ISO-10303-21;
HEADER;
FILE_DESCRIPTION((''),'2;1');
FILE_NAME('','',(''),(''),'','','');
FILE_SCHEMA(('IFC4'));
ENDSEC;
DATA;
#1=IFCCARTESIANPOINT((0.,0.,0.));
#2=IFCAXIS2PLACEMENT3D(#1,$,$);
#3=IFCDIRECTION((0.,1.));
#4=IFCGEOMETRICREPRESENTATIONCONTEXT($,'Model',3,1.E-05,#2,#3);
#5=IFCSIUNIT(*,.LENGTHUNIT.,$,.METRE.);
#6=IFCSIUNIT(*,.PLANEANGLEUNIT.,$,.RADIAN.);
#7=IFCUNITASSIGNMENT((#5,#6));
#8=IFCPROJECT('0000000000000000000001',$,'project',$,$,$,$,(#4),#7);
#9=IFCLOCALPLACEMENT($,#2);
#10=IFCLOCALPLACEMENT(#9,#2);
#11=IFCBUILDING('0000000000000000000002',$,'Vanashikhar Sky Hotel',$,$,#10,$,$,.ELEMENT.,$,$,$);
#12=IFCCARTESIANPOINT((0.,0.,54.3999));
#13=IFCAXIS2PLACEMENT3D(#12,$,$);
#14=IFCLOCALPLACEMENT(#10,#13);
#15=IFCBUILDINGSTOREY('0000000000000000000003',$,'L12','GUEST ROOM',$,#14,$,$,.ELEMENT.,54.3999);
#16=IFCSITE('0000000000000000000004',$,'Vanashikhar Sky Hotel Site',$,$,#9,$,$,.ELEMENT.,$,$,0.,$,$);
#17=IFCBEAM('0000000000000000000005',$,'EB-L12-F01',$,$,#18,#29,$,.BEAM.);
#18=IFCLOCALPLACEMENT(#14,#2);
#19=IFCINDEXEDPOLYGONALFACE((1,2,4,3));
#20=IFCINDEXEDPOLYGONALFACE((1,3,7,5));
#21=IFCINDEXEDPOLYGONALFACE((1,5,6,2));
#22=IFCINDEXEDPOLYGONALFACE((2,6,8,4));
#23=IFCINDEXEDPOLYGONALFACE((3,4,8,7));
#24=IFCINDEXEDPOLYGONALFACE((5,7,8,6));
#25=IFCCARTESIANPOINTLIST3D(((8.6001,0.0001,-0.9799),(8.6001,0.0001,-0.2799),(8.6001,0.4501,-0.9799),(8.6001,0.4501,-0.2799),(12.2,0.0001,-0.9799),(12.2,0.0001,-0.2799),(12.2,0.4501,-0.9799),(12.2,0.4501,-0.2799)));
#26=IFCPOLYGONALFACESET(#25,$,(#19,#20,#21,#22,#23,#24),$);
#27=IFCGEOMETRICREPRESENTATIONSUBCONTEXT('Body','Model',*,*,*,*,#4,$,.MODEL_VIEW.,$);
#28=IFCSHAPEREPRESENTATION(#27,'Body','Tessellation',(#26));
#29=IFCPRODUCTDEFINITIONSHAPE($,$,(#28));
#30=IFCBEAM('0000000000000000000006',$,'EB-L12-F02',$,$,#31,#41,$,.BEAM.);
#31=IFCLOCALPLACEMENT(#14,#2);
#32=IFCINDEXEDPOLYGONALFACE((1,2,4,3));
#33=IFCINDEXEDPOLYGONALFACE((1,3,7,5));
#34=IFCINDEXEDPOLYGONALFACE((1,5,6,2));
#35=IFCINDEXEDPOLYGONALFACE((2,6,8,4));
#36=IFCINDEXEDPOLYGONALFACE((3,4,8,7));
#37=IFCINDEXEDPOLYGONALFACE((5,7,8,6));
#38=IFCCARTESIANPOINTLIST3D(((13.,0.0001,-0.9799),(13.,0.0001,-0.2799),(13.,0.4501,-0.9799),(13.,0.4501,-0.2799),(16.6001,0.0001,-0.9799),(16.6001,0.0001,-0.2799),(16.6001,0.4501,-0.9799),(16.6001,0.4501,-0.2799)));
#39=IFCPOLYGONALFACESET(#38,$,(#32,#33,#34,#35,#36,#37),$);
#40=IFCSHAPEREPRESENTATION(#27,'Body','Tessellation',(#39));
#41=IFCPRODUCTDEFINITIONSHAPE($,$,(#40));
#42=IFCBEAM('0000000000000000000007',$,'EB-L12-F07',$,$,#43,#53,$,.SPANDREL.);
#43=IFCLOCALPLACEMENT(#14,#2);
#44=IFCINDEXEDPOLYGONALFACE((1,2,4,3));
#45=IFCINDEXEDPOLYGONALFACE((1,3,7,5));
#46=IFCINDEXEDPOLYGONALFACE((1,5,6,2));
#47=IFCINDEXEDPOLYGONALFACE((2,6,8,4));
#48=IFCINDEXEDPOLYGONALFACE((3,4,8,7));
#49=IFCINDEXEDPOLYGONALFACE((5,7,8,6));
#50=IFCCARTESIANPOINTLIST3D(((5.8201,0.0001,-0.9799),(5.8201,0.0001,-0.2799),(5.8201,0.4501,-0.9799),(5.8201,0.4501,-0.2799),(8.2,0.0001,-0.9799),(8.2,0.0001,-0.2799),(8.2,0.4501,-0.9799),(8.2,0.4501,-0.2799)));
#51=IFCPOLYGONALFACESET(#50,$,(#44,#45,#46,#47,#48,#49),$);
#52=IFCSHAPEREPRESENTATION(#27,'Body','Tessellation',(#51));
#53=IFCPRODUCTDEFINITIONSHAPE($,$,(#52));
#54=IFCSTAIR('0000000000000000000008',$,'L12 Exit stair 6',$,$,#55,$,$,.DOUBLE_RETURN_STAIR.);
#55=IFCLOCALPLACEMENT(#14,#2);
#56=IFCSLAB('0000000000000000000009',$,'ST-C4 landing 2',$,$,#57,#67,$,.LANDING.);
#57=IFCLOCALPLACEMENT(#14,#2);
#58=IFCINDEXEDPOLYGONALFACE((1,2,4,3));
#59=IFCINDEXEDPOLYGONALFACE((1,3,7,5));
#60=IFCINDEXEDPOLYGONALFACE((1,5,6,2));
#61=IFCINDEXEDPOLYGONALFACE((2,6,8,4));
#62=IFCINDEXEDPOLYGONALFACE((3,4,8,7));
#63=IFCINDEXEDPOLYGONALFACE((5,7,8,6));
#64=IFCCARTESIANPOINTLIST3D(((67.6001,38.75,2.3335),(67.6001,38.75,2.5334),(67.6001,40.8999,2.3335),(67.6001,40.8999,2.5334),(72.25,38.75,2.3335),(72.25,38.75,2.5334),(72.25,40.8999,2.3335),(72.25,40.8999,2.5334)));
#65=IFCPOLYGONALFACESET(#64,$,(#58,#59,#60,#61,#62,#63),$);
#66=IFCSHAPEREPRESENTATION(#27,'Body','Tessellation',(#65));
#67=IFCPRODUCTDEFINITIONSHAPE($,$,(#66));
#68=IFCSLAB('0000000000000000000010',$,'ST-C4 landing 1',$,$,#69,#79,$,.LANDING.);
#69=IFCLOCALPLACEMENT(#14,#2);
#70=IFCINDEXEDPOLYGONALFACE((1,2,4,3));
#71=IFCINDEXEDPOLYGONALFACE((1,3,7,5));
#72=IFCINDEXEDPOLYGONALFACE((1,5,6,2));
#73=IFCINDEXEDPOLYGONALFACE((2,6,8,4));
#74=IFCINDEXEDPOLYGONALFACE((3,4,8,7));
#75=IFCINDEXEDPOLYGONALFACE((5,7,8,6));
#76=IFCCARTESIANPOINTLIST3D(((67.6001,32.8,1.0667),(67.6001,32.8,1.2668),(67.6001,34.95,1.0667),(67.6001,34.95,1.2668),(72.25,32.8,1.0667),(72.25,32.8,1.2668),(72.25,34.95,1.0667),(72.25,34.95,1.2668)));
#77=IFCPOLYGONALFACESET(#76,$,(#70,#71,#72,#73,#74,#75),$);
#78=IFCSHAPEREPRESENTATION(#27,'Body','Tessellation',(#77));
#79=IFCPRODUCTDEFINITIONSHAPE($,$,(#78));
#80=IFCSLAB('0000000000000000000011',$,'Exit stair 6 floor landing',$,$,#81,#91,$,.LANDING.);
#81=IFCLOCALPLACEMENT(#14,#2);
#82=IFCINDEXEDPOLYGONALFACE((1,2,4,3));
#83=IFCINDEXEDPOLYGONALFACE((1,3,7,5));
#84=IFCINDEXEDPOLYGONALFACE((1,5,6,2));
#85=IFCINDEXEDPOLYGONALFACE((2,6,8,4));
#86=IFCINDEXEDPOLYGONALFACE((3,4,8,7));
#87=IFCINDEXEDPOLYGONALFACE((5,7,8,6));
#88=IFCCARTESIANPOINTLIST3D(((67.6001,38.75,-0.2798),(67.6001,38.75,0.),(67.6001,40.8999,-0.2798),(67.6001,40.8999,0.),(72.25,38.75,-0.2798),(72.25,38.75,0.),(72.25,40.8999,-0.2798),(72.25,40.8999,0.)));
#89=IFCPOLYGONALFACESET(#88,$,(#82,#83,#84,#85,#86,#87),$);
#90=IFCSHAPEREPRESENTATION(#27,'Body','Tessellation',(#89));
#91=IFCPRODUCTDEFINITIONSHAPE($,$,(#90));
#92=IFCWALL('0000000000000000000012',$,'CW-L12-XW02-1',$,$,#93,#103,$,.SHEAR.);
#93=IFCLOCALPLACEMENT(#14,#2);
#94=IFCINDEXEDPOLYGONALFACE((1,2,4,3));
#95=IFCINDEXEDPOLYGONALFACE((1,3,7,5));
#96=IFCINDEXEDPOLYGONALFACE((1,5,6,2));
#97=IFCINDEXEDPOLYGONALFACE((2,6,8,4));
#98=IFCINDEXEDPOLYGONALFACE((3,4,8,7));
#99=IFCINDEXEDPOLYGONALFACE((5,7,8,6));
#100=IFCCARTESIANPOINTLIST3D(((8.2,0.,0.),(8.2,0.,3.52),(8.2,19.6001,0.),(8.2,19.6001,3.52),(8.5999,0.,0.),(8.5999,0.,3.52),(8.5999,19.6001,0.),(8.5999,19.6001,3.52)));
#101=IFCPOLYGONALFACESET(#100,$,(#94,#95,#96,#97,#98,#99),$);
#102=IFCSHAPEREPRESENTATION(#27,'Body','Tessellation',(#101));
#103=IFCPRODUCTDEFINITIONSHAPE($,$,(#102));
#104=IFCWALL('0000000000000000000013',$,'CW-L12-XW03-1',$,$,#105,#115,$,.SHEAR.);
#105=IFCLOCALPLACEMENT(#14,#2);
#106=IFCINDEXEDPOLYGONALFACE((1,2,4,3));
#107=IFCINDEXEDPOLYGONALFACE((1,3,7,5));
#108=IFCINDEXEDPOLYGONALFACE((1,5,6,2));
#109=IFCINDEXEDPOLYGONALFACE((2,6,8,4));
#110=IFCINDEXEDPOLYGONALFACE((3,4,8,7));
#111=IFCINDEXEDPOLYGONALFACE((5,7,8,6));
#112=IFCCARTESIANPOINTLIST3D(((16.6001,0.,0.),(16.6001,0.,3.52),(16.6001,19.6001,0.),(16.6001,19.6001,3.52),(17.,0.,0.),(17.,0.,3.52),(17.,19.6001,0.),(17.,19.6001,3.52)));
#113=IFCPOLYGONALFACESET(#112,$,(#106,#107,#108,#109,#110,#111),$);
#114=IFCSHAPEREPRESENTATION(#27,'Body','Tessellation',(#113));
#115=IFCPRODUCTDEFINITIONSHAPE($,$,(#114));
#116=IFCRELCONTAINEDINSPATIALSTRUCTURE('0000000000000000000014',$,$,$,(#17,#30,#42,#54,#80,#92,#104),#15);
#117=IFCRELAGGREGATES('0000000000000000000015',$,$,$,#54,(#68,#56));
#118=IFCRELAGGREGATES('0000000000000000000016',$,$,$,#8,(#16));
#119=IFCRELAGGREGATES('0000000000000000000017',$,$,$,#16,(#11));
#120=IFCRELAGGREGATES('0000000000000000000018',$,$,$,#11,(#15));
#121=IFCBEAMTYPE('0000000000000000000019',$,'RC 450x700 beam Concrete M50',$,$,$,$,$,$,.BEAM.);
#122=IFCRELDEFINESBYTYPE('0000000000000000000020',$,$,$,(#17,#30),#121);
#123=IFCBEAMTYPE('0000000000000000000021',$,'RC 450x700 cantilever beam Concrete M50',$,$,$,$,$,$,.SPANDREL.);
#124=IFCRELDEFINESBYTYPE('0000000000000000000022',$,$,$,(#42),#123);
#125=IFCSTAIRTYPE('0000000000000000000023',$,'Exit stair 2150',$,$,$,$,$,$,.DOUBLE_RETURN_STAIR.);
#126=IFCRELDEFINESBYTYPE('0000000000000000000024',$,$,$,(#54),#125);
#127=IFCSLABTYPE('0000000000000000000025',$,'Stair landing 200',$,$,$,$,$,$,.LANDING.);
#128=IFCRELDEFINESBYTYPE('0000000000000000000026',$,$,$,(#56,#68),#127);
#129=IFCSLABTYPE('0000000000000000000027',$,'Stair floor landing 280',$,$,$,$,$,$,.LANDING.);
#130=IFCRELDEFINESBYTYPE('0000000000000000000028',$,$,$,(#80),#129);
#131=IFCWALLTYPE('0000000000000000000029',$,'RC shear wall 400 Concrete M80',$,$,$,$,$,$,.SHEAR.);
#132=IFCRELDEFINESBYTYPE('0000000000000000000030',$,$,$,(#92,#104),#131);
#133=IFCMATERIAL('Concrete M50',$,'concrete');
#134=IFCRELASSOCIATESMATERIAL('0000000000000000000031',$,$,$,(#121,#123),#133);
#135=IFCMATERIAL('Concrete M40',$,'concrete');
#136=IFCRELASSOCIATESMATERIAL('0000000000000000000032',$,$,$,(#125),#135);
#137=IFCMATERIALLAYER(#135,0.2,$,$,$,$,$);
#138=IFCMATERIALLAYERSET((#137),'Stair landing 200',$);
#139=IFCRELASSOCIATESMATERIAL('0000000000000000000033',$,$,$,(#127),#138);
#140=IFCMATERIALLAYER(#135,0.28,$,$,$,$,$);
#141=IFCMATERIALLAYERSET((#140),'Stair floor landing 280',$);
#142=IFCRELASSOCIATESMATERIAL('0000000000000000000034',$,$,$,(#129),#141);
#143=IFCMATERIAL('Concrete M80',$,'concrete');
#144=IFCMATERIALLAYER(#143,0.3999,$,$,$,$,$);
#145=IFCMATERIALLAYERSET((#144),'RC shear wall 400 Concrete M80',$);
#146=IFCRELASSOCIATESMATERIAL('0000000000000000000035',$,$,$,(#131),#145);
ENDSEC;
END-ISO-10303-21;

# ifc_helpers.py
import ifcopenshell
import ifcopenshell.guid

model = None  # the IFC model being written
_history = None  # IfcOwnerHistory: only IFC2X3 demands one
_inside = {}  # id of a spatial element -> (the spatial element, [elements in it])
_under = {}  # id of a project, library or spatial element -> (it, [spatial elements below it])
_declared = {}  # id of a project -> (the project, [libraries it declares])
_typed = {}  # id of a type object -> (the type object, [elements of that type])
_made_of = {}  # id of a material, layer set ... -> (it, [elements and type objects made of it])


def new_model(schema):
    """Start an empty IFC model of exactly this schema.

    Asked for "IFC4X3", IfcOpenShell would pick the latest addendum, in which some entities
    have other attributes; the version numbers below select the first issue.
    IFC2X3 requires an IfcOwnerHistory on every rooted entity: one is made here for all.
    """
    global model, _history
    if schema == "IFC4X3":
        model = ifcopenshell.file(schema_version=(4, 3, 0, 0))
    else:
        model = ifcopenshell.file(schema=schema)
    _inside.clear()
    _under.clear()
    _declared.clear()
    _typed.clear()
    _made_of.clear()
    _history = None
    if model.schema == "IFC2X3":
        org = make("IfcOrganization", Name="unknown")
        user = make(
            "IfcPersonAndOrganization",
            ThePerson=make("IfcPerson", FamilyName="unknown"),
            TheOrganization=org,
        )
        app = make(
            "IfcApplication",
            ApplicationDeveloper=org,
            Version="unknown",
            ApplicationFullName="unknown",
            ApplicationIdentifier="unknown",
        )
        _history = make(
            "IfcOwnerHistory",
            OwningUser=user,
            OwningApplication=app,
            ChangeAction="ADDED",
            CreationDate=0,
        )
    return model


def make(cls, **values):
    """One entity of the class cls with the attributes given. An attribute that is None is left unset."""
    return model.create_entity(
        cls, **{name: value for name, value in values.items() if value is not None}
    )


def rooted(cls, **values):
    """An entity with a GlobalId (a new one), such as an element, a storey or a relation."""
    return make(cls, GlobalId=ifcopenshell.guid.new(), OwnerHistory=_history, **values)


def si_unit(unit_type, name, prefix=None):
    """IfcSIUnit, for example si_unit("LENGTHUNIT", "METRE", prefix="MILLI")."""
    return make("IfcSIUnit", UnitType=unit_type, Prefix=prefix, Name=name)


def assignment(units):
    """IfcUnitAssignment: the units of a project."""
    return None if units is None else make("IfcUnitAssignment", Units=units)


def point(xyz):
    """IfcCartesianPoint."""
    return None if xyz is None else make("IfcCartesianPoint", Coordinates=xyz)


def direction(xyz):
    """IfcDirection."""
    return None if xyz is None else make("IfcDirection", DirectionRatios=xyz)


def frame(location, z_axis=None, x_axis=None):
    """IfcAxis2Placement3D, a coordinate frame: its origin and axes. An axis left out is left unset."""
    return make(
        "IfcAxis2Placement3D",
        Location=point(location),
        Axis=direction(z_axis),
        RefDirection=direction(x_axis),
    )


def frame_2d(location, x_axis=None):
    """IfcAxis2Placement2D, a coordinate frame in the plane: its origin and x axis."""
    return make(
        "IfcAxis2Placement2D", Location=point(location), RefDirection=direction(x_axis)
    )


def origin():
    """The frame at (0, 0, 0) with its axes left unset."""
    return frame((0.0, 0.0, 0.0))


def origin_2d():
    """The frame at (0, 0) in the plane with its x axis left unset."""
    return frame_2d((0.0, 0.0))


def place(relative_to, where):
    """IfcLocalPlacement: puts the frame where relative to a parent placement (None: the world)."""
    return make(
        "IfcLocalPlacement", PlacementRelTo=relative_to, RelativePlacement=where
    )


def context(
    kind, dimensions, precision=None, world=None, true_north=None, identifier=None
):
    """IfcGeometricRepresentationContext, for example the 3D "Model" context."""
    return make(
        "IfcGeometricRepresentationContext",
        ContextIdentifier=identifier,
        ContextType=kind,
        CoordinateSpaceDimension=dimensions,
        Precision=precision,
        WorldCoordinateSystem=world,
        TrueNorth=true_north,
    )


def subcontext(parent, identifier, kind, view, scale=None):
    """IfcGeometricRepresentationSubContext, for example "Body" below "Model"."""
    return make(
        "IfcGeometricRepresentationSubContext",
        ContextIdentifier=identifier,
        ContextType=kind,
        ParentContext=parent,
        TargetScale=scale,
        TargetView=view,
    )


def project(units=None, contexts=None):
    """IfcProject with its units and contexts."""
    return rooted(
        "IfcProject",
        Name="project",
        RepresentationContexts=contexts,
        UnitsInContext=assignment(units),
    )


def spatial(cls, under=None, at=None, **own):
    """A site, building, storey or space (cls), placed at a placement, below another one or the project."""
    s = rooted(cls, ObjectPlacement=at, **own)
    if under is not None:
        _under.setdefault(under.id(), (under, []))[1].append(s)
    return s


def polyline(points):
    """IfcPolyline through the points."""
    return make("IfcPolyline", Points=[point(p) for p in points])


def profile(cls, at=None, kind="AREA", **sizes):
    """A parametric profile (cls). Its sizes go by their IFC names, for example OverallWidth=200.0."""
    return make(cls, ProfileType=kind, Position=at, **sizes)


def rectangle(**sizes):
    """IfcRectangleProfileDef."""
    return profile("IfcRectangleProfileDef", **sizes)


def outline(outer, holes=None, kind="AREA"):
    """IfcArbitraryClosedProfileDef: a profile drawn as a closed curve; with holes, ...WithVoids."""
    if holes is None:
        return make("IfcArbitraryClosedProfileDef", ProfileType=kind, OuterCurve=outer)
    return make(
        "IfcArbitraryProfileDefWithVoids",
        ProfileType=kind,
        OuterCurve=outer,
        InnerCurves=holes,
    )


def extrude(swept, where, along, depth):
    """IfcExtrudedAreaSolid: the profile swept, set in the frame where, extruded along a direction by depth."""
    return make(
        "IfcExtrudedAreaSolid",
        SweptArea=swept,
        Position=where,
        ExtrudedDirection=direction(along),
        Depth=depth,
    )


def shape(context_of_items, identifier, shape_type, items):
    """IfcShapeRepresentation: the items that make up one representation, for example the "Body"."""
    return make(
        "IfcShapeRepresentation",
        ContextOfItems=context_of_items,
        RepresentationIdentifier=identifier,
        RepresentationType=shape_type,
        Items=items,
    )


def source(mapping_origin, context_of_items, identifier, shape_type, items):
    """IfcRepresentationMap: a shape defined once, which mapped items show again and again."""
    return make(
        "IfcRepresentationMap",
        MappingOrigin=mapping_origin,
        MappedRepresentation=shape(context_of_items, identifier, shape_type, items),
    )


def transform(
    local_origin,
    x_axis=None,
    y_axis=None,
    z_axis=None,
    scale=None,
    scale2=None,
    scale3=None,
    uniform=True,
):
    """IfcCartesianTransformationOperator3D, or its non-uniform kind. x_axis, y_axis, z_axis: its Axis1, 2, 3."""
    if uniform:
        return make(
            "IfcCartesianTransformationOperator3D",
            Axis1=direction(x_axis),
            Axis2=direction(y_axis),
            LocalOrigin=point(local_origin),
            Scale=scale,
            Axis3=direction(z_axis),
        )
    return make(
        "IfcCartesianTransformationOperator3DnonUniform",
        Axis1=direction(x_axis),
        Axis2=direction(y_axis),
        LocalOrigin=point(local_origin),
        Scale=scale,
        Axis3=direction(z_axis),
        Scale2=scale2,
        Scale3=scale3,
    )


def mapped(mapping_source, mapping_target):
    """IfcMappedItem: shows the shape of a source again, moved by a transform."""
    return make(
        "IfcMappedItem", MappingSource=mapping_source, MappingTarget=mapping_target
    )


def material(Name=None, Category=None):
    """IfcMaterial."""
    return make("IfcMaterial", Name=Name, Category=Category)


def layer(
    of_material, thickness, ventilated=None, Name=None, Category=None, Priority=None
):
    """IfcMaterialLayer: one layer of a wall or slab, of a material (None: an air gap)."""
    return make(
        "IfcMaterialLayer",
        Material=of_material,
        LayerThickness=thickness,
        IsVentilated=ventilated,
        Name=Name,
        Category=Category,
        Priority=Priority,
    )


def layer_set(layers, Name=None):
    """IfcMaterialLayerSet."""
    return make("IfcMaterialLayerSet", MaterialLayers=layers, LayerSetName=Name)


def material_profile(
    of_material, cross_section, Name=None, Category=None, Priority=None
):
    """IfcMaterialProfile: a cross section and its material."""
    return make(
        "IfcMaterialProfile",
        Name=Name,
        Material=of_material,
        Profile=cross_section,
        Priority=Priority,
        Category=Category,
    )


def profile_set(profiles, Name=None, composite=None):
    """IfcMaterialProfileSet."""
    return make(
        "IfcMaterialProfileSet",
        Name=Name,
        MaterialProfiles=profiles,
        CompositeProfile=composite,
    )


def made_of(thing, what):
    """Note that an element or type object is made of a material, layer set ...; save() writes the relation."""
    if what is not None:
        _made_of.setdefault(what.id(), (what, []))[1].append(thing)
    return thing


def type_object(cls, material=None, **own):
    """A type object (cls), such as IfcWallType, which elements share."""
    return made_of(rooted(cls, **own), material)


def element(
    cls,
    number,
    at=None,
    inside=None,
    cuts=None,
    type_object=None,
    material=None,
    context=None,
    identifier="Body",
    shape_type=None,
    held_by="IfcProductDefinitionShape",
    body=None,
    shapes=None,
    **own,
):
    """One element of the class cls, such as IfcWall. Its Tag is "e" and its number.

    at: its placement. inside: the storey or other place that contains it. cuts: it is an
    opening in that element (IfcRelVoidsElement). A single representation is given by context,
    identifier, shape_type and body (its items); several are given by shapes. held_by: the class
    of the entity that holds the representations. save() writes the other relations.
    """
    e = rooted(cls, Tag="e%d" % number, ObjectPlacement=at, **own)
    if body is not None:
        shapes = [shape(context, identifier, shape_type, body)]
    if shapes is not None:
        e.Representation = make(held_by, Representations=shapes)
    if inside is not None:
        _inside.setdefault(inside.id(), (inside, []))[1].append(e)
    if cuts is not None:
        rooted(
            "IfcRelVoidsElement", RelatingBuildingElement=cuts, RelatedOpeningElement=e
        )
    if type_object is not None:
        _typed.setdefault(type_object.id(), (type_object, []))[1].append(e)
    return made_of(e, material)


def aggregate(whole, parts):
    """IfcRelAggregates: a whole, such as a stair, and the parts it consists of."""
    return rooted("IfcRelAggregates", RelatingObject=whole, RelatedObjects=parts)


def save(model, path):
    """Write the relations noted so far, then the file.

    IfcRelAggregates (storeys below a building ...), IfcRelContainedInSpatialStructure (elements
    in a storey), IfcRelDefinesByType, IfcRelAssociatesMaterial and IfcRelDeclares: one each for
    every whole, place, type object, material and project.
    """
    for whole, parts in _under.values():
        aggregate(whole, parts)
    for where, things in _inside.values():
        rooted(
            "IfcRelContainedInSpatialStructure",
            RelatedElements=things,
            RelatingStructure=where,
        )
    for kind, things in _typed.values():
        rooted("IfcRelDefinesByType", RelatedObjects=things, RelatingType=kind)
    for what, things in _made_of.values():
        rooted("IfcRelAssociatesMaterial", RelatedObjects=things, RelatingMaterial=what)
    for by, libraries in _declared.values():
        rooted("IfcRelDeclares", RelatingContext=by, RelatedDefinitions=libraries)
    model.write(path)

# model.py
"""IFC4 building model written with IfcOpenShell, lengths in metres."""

from ifc_helpers import new_model, si_unit, direction, frame, frame_2d, origin, origin_2d, place, context, subcontext, project, spatial, polyline, rectangle, outline, extrude, source, transform, mapped, material, layer, layer_set, material_profile, profile_set, type_object, element, aggregate, save


model = new_model("IFC4")

# Units and contexts
model_context = context("Model", 3, precision=1e-05, world=origin(), true_north=direction((0.0, 1.0)))
body_context = subcontext(model_context, "Body", "Model", "MODEL_VIEW")
ifc_project = project(units=[si_unit("LENGTHUNIT", "METRE"), si_unit("PLANEANGLEUNIT", "RADIAN")], contexts=[model_context])

# Site, building, storey
site_placement = place(None, origin())
site = spatial("IfcSite", under=ifc_project, at=site_placement, Name="Vanashikhar Sky Hotel Site", CompositionType="ELEMENT", RefElevation=0.0)
building_placement = place(site_placement, origin())
building = spatial("IfcBuilding", under=site, at=building_placement, Name="Vanashikhar Sky Hotel", CompositionType="ELEMENT")
storey_placement = place(building_placement, frame((0.0, 0.0, 54.3999)))
storey = spatial("IfcBuildingStorey", under=building, at=storey_placement, Name="L12", Description="GUEST ROOM", CompositionType="ELEMENT", Elevation=54.3999)

# Beams
ifc_material_1 = material(Name="Concrete M50", Category="concrete")
ifc_material_profile_1 = material_profile(ifc_material_1, rectangle(XDim=0.45, YDim=0.7, at=origin_2d()))
ifc_profile_set_1 = profile_set([ifc_material_profile_1], Name="RC 450x700 beam Concrete M50")
beam_type_1 = type_object("IfcBeamType", Name="RC 450x700 beam Concrete M50", PredefinedType="BEAM", material=ifc_profile_set_1)
shared_shape_1 = source(origin(), body_context, "Body", "SweptSolid", [
    extrude(rectangle(XDim=0.45, YDim=0.7, at=origin_2d()), origin(), (0.0, 0.0, 1.0), 3.5999),
])
beam_1_placement = place(storey_placement, frame((8.6001, 0.2251, -0.6299), z_axis=(1.0, 0.0, 0.0), x_axis=(0.0, 1.0, 0.0)))
element("IfcBeam", 1, at=beam_1_placement, inside=storey, type_object=beam_type_1, Name="EB-L12-F01", PredefinedType="BEAM", context=body_context, shape_type="MappedRepresentation", body=[
    mapped(shared_shape_1, transform((0.0, 0.0, 0.0), scale=1.0)),
])
shared_shape_2 = source(origin(), body_context, "Body", "SweptSolid", [
    extrude(rectangle(XDim=0.45, YDim=0.7, at=origin_2d()), origin(), (0.0, 0.0, 1.0), 3.6001),
])
beam_2_placement = place(storey_placement, frame((13.0, 0.2251, -0.6299), z_axis=(1.0, 0.0, 0.0), x_axis=(0.0, 1.0, 0.0)))
element("IfcBeam", 2, at=beam_2_placement, inside=storey, type_object=beam_type_1, Name="EB-L12-F02", PredefinedType="BEAM", context=body_context, shape_type="MappedRepresentation", body=[
    mapped(shared_shape_2, transform((0.0, 0.0, 0.0), scale=1.0)),
])
ifc_material_profile_2 = material_profile(ifc_material_1, rectangle(XDim=0.45, YDim=0.7, at=origin_2d()))
ifc_profile_set_2 = profile_set([ifc_material_profile_2], Name="RC 450x700 cantilever beam Concrete M50")
beam_type_2 = type_object("IfcBeamType", Name="RC 450x700 cantilever beam Concrete M50", PredefinedType="SPANDREL", material=ifc_profile_set_2)
shared_shape_3 = source(origin(), body_context, "Body", "SweptSolid", [
    extrude(rectangle(XDim=0.45, YDim=0.7, at=origin_2d()), origin(), (0.0, 0.0, 1.0), 2.3799),
])
beam_3_placement = place(storey_placement, frame((5.8201, 0.2251, -0.6299), z_axis=(1.0, 0.0, 0.0), x_axis=(0.0, 1.0, 0.0)))
element("IfcBeam", 3, at=beam_3_placement, inside=storey, type_object=beam_type_2, Name="EB-L12-F07", PredefinedType="SPANDREL", context=body_context, shape_type="MappedRepresentation", body=[
    mapped(shared_shape_3, transform((0.0, 0.0, 0.0), scale=1.0)),
])

# Stair, slabs
ifc_material_2 = material(Name="Concrete M40", Category="concrete")
stair_type = type_object("IfcStairType", Name="Exit stair 2150", PredefinedType="DOUBLE_RETURN_STAIR", material=ifc_material_2)
stair_placement = place(storey_placement, origin())
stair = element("IfcStair", 4, at=stair_placement, inside=storey, type_object=stair_type, Name="L12 Exit stair 6", PredefinedType="DOUBLE_RETURN_STAIR")
ifc_layer_1 = layer(ifc_material_2, 0.2)
ifc_layer_set_1 = layer_set([ifc_layer_1], Name="Stair landing 200")
slab_type_1 = type_object("IfcSlabType", Name="Stair landing 200", PredefinedType="LANDING", material=ifc_layer_set_1)
shared_shape_4 = source(origin(), body_context, "Body", "SweptSolid", [
    extrude(outline(polyline([(72.25, 38.75), (72.25, 40.8999), (67.6001, 40.8999), (67.6001, 38.75), (72.25, 38.75)])), origin(), (0.0, 0.0, 1.0), 0.2),
])
slab_1_placement = place(storey_placement, frame((0.0, 0.0, 2.3335)))
slab_1 = element("IfcSlab", 5, at=slab_1_placement, type_object=slab_type_1, Name="ST-C4 landing 2", PredefinedType="LANDING", context=body_context, shape_type="MappedRepresentation", body=[
    mapped(shared_shape_4, transform((0.0, 0.0, 0.0), scale=1.0)),
])
shared_shape_5 = source(origin(), body_context, "Body", "SweptSolid", [
    extrude(outline(polyline([(72.25, 32.8), (72.25, 34.95), (67.6001, 34.95), (67.6001, 32.8), (72.25, 32.8)])), origin(), (0.0, 0.0, 1.0), 0.2002),
])
slab_2_placement = place(storey_placement, frame((0.0, 0.0, 1.0667)))
slab_2 = element("IfcSlab", 6, at=slab_2_placement, type_object=slab_type_1, Name="ST-C4 landing 1", PredefinedType="LANDING", context=body_context, shape_type="MappedRepresentation", body=[
    mapped(shared_shape_5, transform((0.0, 0.0, 0.0), scale=1.0)),
])
aggregate(stair, [slab_2, slab_1])

# Slab
ifc_layer_2 = layer(ifc_material_2, 0.28)
ifc_layer_set_2 = layer_set([ifc_layer_2], Name="Stair floor landing 280")
slab_type_2 = type_object("IfcSlabType", Name="Stair floor landing 280", PredefinedType="LANDING", material=ifc_layer_set_2)
shared_shape_6 = source(origin(), body_context, "Body", "SweptSolid", [
    extrude(outline(polyline([(72.25, 38.75), (72.25, 40.8999), (67.6001, 40.8999), (67.6001, 38.75), (72.25, 38.75)])), origin(), (0.0, 0.0, 1.0), 0.2798),
])
slab_3_placement = place(storey_placement, frame((0.0, 0.0, -0.2798)))
element("IfcSlab", 7, at=slab_3_placement, inside=storey, type_object=slab_type_2, Name="Exit stair 6 floor landing", PredefinedType="LANDING", context=body_context, shape_type="MappedRepresentation", body=[
    mapped(shared_shape_6, transform((0.0, 0.0, 0.0), scale=1.0)),
])

# Walls
ifc_material_3 = material(Name="Concrete M80", Category="concrete")
ifc_layer_3 = layer(ifc_material_3, 0.3999)
ifc_layer_set_3 = layer_set([ifc_layer_3], Name="RC shear wall 400 Concrete M80")
wall_type_1 = type_object("IfcWallType", Name="RC shear wall 400 Concrete M80", PredefinedType="SHEAR", material=ifc_layer_set_3)
shared_shape_7 = source(origin(), body_context, "Body", "SweptSolid", [
    extrude(rectangle(XDim=19.6001, YDim=0.3999, at=frame_2d((9.8, 0.0))), origin(), (0.0, 0.0, 1.0), 3.52),
])
for number, where, z_axis, x_axis, name in (
    (8, (8.3999, 0.0, 0.0), (0.0, 0.0, 1.0), (0.0, 1.0, 0.0), "CW-L12-XW02-1"),
    (9, (16.8, 0.0, 0.0), (0.0, 0.0, 1.0), (0.0, 1.0, 0.0), "CW-L12-XW03-1"),
):
    element("IfcWall", number, at=place(storey_placement, frame(where, z_axis=z_axis, x_axis=x_axis)), inside=storey, type_object=wall_type_1, Name=name, PredefinedType="SHEAR", context=body_context, shape_type="MappedRepresentation", body=[
        mapped(shared_shape_7, transform((0.0, 0.0, 0.0), scale=1.0)),
    ])

save(model, "model.ifc")
